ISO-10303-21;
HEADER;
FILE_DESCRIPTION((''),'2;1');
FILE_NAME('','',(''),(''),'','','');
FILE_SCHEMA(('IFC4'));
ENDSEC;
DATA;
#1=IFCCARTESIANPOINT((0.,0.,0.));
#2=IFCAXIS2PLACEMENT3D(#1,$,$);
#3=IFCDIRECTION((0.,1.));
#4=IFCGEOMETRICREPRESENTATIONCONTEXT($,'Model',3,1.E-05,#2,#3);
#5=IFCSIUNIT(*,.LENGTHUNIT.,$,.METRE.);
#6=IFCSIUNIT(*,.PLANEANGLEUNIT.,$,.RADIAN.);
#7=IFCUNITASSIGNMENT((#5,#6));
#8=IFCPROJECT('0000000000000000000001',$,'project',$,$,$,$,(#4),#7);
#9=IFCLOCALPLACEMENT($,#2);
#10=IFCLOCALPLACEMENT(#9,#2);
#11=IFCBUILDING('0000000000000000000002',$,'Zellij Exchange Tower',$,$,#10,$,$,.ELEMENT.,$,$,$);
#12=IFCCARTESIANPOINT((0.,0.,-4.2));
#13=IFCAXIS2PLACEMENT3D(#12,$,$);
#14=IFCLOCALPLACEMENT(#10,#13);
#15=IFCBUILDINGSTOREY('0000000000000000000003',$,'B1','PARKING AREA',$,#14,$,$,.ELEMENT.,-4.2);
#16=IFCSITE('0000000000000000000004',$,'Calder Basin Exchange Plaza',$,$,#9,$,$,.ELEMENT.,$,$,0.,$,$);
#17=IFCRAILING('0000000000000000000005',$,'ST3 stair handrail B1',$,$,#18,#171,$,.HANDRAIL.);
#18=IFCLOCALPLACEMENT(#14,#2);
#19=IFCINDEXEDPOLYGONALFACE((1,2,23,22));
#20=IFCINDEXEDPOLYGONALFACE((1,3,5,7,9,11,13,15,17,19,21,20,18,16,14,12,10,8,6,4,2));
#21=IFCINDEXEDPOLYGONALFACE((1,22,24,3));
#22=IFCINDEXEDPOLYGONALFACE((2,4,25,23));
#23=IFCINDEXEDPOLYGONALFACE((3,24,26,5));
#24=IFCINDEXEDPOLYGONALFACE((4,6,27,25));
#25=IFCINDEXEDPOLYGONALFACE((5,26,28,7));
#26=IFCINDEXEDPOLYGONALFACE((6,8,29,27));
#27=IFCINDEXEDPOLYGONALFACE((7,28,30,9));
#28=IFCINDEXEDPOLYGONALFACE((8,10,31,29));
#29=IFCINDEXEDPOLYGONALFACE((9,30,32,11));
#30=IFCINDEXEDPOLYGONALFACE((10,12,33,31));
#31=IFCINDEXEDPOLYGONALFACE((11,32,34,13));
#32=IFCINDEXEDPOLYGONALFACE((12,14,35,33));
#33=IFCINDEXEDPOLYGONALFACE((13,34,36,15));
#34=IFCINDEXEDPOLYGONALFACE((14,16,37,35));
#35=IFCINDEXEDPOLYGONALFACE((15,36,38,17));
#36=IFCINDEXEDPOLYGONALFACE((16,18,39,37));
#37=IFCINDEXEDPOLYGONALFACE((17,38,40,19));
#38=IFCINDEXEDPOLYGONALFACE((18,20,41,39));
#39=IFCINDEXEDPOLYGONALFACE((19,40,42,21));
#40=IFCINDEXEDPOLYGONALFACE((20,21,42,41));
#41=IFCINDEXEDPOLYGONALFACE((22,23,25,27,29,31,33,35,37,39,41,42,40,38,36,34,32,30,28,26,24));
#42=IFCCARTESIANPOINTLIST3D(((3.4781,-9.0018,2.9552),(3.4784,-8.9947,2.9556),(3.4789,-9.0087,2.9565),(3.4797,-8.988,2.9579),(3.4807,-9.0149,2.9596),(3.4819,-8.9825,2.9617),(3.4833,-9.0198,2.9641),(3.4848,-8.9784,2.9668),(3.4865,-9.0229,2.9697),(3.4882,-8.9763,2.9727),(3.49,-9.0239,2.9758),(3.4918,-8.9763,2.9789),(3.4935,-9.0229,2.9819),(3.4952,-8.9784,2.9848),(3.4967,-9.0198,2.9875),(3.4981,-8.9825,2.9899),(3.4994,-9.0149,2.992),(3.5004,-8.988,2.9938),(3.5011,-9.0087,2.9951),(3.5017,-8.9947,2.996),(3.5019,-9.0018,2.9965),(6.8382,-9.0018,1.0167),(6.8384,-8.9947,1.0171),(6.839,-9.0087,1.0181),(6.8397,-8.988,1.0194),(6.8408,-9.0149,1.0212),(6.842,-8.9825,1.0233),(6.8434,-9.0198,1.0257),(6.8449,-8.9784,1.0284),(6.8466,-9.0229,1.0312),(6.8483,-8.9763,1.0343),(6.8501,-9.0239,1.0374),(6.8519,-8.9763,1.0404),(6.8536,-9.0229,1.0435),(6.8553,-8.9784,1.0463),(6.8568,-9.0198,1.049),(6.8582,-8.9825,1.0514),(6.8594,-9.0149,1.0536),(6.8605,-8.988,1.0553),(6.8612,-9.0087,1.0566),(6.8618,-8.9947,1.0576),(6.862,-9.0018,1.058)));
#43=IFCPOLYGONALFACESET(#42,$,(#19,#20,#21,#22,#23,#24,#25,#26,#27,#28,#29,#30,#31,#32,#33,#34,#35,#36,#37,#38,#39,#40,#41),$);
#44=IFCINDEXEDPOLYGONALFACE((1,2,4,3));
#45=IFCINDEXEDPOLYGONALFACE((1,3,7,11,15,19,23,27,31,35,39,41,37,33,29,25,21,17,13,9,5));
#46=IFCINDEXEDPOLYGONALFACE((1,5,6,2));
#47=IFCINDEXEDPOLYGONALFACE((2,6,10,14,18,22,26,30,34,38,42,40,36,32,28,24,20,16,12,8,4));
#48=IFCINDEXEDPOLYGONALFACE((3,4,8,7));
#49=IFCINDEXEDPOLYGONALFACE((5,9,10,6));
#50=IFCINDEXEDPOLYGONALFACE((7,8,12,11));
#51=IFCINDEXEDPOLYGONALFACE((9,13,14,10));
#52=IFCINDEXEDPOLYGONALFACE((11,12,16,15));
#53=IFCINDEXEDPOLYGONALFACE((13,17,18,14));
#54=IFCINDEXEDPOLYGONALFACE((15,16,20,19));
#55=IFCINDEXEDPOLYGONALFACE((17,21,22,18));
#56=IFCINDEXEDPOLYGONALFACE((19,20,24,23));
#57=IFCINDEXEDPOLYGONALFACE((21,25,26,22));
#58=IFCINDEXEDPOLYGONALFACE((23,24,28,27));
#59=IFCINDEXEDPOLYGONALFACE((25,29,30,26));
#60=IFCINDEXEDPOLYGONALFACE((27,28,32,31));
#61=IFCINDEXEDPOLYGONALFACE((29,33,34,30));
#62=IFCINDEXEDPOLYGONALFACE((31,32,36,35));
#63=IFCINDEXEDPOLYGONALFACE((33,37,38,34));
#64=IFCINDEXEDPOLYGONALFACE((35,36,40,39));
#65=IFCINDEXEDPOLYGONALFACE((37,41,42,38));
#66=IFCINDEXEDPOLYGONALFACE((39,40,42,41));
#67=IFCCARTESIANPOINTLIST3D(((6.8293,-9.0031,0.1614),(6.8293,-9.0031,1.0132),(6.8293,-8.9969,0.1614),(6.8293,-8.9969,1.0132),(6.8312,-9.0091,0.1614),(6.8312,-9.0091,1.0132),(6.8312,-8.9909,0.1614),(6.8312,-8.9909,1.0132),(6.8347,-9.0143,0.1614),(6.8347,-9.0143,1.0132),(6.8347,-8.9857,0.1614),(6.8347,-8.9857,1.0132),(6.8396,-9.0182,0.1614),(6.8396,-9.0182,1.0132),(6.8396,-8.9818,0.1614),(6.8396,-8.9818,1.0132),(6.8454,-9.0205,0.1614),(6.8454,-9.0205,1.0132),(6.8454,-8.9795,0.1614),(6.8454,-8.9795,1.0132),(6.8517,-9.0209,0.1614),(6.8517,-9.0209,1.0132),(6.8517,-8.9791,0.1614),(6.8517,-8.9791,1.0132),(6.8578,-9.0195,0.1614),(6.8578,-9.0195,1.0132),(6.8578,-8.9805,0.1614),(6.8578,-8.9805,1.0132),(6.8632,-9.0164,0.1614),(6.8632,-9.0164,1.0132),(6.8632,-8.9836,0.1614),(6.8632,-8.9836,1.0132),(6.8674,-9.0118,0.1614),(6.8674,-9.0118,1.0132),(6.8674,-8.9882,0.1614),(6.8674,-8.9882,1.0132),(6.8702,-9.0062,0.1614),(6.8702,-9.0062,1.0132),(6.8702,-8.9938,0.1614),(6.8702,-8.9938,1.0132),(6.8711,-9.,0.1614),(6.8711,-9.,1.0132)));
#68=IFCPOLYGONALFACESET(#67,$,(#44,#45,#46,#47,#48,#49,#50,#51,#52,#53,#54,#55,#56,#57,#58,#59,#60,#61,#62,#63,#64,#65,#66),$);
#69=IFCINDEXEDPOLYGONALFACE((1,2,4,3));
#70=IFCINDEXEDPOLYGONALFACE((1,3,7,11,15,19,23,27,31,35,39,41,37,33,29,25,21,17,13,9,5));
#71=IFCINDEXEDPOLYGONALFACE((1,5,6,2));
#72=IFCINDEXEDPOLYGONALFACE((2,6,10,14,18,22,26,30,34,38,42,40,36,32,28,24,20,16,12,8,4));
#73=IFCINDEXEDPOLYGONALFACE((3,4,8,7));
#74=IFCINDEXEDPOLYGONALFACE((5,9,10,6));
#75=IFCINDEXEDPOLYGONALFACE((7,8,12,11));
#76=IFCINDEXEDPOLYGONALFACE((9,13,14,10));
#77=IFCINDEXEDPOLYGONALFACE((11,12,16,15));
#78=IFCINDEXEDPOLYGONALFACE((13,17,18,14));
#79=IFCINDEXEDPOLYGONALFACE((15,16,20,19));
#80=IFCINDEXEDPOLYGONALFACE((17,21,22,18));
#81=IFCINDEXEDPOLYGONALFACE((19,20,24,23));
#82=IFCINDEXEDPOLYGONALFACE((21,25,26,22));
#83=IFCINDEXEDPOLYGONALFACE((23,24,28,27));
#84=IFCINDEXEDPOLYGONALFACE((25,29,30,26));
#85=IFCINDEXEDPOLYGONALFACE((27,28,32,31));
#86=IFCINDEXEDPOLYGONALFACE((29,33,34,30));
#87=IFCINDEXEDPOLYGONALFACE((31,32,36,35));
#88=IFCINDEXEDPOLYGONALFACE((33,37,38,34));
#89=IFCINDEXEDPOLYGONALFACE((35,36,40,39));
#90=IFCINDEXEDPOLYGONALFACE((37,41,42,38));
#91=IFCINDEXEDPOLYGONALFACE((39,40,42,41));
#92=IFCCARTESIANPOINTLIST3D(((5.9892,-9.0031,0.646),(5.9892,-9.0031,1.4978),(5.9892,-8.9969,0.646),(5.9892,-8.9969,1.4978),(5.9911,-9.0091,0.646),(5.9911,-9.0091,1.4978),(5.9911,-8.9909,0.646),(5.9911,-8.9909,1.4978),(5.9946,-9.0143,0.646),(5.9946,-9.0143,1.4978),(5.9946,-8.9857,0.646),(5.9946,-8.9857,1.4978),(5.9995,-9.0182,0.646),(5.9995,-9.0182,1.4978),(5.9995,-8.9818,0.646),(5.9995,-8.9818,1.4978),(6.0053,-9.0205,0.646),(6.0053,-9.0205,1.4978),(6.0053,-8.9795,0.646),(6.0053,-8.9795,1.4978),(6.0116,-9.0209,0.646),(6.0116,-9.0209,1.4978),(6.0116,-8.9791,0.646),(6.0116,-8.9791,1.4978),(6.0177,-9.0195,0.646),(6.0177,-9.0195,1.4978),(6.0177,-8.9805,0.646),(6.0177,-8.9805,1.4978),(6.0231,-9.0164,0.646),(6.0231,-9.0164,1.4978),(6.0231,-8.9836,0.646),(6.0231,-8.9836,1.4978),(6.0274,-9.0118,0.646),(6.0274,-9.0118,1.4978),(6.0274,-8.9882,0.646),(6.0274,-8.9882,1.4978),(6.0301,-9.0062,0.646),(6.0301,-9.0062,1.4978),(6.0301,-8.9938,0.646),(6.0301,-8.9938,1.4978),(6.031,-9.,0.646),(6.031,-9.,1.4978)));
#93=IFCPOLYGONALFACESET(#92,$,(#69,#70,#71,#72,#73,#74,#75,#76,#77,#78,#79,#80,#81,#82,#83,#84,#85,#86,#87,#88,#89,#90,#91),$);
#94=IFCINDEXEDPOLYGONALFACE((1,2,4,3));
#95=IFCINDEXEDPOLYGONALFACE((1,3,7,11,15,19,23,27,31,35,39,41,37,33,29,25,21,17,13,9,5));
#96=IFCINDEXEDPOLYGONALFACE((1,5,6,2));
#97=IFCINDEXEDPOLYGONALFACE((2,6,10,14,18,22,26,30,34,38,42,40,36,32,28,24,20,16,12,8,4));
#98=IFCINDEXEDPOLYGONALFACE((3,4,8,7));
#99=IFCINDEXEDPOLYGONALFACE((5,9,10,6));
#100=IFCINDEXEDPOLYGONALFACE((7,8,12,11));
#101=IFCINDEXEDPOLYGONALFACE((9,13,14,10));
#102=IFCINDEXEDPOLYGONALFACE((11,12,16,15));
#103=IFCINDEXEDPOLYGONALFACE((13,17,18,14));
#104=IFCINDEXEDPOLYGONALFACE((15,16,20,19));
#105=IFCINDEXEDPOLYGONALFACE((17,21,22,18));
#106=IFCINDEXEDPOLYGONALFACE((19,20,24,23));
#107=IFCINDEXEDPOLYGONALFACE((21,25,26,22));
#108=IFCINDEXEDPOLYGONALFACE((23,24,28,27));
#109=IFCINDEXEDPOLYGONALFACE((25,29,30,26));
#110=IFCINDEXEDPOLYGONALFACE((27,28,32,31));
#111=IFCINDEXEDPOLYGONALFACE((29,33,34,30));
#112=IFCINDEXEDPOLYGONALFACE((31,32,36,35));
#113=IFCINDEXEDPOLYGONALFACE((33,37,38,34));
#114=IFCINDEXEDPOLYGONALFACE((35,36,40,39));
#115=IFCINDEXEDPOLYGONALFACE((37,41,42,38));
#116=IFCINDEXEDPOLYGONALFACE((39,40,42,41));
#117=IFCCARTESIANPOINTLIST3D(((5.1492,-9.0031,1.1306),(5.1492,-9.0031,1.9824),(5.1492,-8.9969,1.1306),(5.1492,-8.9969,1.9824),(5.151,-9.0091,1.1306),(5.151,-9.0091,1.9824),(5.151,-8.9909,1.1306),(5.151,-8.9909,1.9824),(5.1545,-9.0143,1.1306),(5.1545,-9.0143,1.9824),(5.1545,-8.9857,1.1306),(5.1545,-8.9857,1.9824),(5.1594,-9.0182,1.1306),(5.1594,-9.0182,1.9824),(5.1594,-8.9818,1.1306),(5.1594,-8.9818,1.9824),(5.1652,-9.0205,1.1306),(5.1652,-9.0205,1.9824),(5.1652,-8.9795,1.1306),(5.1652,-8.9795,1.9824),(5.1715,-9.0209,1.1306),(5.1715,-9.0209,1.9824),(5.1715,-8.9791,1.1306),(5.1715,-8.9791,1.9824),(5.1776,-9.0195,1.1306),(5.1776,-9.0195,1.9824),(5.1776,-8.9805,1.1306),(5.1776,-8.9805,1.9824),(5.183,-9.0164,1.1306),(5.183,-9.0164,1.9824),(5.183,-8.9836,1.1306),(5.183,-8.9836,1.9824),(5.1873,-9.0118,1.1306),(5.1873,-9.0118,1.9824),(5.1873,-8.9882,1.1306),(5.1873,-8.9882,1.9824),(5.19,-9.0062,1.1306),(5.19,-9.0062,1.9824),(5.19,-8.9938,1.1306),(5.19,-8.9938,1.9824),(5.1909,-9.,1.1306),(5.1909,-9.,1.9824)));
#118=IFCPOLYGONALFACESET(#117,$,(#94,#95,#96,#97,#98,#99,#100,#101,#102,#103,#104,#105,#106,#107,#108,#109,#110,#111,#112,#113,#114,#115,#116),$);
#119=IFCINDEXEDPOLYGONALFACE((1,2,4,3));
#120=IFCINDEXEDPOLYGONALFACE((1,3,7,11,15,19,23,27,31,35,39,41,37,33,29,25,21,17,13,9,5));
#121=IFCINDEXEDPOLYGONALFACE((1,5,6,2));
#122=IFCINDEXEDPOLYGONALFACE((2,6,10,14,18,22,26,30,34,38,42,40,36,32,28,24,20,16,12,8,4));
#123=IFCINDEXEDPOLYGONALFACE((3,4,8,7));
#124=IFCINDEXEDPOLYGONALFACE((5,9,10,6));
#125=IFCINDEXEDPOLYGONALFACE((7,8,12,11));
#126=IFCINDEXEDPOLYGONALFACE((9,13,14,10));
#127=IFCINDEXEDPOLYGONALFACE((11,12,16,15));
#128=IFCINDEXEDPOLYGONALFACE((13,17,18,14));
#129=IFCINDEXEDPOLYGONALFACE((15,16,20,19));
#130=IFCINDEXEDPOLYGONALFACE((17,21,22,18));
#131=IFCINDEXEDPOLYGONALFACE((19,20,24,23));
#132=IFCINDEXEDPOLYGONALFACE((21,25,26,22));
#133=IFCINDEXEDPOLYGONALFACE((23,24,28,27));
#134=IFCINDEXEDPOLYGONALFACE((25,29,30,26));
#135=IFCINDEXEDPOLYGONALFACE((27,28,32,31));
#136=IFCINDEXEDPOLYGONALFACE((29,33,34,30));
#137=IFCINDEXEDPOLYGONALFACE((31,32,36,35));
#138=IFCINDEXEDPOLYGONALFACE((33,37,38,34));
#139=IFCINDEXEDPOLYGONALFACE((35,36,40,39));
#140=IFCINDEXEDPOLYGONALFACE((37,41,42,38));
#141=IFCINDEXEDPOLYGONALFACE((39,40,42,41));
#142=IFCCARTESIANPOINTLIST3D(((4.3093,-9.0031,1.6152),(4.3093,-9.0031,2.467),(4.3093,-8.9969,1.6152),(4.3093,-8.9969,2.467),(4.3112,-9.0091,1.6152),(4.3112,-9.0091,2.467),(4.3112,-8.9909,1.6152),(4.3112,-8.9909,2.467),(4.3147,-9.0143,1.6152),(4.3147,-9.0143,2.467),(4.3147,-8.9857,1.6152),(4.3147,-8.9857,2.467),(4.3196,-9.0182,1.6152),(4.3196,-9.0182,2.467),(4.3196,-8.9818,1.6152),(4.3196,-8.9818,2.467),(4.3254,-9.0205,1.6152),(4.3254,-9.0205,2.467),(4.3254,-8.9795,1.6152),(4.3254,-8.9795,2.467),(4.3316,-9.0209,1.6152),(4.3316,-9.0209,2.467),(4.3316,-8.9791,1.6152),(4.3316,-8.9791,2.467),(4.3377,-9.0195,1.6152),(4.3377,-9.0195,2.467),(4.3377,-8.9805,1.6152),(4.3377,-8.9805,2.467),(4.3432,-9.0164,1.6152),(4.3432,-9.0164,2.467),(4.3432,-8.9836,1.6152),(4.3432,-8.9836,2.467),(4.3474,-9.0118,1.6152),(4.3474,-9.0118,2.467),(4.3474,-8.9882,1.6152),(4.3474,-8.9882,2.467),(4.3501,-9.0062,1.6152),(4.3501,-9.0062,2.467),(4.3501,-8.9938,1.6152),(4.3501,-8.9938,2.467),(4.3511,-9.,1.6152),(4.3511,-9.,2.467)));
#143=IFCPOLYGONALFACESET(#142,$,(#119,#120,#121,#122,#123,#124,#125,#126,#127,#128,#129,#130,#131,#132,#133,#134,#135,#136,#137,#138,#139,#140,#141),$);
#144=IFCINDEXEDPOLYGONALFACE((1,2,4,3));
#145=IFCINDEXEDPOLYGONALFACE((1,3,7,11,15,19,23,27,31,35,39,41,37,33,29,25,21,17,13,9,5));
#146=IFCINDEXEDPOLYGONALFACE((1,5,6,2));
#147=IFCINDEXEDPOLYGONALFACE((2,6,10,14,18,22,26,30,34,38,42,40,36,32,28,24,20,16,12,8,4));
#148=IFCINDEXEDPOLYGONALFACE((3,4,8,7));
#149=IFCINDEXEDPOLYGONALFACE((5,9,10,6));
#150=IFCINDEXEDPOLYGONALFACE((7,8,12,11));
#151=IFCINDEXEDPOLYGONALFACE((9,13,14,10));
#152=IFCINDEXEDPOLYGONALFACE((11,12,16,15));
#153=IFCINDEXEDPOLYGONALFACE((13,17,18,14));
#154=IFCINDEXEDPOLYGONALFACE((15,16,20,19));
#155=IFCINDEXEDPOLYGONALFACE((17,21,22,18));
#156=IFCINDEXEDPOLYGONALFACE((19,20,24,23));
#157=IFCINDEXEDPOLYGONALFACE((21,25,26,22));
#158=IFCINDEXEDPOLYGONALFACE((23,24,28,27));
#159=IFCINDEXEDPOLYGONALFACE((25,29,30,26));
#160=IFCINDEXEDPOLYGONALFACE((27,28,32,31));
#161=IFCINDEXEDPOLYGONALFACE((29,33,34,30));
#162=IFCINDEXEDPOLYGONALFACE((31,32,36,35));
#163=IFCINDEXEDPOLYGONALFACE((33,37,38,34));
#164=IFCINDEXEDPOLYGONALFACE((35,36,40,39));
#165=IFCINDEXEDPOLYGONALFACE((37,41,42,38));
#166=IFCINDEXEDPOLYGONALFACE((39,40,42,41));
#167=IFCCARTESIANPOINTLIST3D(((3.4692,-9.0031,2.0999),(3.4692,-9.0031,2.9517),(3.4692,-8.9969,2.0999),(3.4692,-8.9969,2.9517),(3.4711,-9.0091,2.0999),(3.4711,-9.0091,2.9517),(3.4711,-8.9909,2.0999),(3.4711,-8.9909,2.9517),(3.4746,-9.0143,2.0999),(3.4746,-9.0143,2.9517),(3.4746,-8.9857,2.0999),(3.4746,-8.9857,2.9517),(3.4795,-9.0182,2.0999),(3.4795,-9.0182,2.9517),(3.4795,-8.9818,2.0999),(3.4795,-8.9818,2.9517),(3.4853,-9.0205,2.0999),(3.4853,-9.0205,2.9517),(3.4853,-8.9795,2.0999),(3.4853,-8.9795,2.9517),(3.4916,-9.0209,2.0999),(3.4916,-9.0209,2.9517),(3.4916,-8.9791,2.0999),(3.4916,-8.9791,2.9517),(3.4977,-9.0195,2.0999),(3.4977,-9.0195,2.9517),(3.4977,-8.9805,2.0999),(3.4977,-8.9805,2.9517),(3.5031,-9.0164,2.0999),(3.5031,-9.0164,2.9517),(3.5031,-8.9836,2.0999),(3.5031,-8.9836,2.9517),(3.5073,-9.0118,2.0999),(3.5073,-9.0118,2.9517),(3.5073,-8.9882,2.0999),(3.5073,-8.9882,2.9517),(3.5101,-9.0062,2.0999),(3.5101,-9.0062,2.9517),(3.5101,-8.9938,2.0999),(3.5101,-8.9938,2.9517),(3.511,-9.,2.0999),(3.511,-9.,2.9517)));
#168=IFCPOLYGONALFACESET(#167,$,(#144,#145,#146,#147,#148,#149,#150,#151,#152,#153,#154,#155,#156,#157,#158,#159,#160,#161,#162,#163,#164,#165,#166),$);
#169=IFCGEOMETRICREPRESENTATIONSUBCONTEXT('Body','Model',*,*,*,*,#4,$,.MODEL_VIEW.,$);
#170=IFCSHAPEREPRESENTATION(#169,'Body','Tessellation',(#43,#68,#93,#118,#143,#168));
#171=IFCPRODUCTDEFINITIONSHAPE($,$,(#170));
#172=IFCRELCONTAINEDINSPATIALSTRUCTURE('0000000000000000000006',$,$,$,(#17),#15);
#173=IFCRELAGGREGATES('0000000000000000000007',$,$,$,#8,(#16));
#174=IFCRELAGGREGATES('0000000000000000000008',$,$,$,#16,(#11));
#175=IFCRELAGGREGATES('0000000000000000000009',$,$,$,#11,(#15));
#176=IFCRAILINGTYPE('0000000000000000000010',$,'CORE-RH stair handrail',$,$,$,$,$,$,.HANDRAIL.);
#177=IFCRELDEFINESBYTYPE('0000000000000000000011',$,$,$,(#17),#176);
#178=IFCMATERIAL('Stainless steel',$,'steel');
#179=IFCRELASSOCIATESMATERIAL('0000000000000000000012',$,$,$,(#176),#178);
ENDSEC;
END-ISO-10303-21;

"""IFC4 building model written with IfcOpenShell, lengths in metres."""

from ifc_helpers import new_model, si_unit, direction, frame, origin, origin_2d, place, context, subcontext, project, spatial, circle, extrude, material, type_object, element, save


model = new_model("IFC4")

# Units and contexts
model_context = context("Model", 3, precision=1e-05, world=origin(), true_north=direction((0.0, 1.0)))
body_context = subcontext(model_context, "Body", "Model", "MODEL_VIEW")
ifc_project = project(units=[si_unit("LENGTHUNIT", "METRE"), si_unit("PLANEANGLEUNIT", "RADIAN")], contexts=[model_context])

# Site, building, storey
site_placement = place(None, origin())
site = spatial("IfcSite", under=ifc_project, at=site_placement, Name="Calder Basin Exchange Plaza", CompositionType="ELEMENT", RefElevation=0.0)
building_placement = place(site_placement, origin())
building = spatial("IfcBuilding", under=site, at=building_placement, Name="Zellij Exchange Tower", CompositionType="ELEMENT")
storey_placement = place(building_placement, frame((0.0, 0.0, -4.2)))
storey = spatial("IfcBuildingStorey", under=building, at=storey_placement, Name="B1", Description="PARKING AREA", CompositionType="ELEMENT", Elevation=-4.2)

# Railing
ifc_material_1 = material(Name="Stainless steel", Category="steel")
railing_type_1 = type_object("IfcRailingType", Name="CORE-RH stair handrail", PredefinedType="HANDRAIL", material=ifc_material_1)
for number, where, name in (
    (1, (6.8501, -9.0, 0.1614), "ST3 stair handrail B1"),
):
    element("IfcRailing", number, at=place(storey_placement, frame(where)), inside=storey, type_object=railing_type_1, Name=name, PredefinedType="HANDRAIL", context=body_context, shape_type="SweptSolid", body=[
        extrude(circle(Radius=0.0239, at=origin_2d()), frame((0.0, 0.0, 0.876), z_axis=(-0.866191, 0.0, 0.499713), x_axis=(0.0, -1.0, 0.0)), (0.0, 0.0, 1.0), 3.8792),
        extrude(circle(Radius=0.021, at=origin_2d()), origin(), (0.0, 0.0, 1.0), 0.8518),
        extrude(circle(Radius=0.021, at=origin_2d()), frame((-0.8401, 0.0, 0.4846)), (0.0, 0.0, 1.0), 0.8518),
        extrude(circle(Radius=0.021, at=origin_2d()), frame((-1.6802, 0.0, 0.9692)), (0.0, 0.0, 1.0), 0.8518),
        extrude(circle(Radius=0.021, at=origin_2d()), frame((-2.52, 0.0, 1.4539)), (0.0, 0.0, 1.0), 0.8518),
        extrude(circle(Radius=0.021, at=origin_2d()), frame((-3.3601, 0.0, 1.9385)), (0.0, 0.0, 1.0), 0.8518),
    ])

save(model, "model.ifc")
